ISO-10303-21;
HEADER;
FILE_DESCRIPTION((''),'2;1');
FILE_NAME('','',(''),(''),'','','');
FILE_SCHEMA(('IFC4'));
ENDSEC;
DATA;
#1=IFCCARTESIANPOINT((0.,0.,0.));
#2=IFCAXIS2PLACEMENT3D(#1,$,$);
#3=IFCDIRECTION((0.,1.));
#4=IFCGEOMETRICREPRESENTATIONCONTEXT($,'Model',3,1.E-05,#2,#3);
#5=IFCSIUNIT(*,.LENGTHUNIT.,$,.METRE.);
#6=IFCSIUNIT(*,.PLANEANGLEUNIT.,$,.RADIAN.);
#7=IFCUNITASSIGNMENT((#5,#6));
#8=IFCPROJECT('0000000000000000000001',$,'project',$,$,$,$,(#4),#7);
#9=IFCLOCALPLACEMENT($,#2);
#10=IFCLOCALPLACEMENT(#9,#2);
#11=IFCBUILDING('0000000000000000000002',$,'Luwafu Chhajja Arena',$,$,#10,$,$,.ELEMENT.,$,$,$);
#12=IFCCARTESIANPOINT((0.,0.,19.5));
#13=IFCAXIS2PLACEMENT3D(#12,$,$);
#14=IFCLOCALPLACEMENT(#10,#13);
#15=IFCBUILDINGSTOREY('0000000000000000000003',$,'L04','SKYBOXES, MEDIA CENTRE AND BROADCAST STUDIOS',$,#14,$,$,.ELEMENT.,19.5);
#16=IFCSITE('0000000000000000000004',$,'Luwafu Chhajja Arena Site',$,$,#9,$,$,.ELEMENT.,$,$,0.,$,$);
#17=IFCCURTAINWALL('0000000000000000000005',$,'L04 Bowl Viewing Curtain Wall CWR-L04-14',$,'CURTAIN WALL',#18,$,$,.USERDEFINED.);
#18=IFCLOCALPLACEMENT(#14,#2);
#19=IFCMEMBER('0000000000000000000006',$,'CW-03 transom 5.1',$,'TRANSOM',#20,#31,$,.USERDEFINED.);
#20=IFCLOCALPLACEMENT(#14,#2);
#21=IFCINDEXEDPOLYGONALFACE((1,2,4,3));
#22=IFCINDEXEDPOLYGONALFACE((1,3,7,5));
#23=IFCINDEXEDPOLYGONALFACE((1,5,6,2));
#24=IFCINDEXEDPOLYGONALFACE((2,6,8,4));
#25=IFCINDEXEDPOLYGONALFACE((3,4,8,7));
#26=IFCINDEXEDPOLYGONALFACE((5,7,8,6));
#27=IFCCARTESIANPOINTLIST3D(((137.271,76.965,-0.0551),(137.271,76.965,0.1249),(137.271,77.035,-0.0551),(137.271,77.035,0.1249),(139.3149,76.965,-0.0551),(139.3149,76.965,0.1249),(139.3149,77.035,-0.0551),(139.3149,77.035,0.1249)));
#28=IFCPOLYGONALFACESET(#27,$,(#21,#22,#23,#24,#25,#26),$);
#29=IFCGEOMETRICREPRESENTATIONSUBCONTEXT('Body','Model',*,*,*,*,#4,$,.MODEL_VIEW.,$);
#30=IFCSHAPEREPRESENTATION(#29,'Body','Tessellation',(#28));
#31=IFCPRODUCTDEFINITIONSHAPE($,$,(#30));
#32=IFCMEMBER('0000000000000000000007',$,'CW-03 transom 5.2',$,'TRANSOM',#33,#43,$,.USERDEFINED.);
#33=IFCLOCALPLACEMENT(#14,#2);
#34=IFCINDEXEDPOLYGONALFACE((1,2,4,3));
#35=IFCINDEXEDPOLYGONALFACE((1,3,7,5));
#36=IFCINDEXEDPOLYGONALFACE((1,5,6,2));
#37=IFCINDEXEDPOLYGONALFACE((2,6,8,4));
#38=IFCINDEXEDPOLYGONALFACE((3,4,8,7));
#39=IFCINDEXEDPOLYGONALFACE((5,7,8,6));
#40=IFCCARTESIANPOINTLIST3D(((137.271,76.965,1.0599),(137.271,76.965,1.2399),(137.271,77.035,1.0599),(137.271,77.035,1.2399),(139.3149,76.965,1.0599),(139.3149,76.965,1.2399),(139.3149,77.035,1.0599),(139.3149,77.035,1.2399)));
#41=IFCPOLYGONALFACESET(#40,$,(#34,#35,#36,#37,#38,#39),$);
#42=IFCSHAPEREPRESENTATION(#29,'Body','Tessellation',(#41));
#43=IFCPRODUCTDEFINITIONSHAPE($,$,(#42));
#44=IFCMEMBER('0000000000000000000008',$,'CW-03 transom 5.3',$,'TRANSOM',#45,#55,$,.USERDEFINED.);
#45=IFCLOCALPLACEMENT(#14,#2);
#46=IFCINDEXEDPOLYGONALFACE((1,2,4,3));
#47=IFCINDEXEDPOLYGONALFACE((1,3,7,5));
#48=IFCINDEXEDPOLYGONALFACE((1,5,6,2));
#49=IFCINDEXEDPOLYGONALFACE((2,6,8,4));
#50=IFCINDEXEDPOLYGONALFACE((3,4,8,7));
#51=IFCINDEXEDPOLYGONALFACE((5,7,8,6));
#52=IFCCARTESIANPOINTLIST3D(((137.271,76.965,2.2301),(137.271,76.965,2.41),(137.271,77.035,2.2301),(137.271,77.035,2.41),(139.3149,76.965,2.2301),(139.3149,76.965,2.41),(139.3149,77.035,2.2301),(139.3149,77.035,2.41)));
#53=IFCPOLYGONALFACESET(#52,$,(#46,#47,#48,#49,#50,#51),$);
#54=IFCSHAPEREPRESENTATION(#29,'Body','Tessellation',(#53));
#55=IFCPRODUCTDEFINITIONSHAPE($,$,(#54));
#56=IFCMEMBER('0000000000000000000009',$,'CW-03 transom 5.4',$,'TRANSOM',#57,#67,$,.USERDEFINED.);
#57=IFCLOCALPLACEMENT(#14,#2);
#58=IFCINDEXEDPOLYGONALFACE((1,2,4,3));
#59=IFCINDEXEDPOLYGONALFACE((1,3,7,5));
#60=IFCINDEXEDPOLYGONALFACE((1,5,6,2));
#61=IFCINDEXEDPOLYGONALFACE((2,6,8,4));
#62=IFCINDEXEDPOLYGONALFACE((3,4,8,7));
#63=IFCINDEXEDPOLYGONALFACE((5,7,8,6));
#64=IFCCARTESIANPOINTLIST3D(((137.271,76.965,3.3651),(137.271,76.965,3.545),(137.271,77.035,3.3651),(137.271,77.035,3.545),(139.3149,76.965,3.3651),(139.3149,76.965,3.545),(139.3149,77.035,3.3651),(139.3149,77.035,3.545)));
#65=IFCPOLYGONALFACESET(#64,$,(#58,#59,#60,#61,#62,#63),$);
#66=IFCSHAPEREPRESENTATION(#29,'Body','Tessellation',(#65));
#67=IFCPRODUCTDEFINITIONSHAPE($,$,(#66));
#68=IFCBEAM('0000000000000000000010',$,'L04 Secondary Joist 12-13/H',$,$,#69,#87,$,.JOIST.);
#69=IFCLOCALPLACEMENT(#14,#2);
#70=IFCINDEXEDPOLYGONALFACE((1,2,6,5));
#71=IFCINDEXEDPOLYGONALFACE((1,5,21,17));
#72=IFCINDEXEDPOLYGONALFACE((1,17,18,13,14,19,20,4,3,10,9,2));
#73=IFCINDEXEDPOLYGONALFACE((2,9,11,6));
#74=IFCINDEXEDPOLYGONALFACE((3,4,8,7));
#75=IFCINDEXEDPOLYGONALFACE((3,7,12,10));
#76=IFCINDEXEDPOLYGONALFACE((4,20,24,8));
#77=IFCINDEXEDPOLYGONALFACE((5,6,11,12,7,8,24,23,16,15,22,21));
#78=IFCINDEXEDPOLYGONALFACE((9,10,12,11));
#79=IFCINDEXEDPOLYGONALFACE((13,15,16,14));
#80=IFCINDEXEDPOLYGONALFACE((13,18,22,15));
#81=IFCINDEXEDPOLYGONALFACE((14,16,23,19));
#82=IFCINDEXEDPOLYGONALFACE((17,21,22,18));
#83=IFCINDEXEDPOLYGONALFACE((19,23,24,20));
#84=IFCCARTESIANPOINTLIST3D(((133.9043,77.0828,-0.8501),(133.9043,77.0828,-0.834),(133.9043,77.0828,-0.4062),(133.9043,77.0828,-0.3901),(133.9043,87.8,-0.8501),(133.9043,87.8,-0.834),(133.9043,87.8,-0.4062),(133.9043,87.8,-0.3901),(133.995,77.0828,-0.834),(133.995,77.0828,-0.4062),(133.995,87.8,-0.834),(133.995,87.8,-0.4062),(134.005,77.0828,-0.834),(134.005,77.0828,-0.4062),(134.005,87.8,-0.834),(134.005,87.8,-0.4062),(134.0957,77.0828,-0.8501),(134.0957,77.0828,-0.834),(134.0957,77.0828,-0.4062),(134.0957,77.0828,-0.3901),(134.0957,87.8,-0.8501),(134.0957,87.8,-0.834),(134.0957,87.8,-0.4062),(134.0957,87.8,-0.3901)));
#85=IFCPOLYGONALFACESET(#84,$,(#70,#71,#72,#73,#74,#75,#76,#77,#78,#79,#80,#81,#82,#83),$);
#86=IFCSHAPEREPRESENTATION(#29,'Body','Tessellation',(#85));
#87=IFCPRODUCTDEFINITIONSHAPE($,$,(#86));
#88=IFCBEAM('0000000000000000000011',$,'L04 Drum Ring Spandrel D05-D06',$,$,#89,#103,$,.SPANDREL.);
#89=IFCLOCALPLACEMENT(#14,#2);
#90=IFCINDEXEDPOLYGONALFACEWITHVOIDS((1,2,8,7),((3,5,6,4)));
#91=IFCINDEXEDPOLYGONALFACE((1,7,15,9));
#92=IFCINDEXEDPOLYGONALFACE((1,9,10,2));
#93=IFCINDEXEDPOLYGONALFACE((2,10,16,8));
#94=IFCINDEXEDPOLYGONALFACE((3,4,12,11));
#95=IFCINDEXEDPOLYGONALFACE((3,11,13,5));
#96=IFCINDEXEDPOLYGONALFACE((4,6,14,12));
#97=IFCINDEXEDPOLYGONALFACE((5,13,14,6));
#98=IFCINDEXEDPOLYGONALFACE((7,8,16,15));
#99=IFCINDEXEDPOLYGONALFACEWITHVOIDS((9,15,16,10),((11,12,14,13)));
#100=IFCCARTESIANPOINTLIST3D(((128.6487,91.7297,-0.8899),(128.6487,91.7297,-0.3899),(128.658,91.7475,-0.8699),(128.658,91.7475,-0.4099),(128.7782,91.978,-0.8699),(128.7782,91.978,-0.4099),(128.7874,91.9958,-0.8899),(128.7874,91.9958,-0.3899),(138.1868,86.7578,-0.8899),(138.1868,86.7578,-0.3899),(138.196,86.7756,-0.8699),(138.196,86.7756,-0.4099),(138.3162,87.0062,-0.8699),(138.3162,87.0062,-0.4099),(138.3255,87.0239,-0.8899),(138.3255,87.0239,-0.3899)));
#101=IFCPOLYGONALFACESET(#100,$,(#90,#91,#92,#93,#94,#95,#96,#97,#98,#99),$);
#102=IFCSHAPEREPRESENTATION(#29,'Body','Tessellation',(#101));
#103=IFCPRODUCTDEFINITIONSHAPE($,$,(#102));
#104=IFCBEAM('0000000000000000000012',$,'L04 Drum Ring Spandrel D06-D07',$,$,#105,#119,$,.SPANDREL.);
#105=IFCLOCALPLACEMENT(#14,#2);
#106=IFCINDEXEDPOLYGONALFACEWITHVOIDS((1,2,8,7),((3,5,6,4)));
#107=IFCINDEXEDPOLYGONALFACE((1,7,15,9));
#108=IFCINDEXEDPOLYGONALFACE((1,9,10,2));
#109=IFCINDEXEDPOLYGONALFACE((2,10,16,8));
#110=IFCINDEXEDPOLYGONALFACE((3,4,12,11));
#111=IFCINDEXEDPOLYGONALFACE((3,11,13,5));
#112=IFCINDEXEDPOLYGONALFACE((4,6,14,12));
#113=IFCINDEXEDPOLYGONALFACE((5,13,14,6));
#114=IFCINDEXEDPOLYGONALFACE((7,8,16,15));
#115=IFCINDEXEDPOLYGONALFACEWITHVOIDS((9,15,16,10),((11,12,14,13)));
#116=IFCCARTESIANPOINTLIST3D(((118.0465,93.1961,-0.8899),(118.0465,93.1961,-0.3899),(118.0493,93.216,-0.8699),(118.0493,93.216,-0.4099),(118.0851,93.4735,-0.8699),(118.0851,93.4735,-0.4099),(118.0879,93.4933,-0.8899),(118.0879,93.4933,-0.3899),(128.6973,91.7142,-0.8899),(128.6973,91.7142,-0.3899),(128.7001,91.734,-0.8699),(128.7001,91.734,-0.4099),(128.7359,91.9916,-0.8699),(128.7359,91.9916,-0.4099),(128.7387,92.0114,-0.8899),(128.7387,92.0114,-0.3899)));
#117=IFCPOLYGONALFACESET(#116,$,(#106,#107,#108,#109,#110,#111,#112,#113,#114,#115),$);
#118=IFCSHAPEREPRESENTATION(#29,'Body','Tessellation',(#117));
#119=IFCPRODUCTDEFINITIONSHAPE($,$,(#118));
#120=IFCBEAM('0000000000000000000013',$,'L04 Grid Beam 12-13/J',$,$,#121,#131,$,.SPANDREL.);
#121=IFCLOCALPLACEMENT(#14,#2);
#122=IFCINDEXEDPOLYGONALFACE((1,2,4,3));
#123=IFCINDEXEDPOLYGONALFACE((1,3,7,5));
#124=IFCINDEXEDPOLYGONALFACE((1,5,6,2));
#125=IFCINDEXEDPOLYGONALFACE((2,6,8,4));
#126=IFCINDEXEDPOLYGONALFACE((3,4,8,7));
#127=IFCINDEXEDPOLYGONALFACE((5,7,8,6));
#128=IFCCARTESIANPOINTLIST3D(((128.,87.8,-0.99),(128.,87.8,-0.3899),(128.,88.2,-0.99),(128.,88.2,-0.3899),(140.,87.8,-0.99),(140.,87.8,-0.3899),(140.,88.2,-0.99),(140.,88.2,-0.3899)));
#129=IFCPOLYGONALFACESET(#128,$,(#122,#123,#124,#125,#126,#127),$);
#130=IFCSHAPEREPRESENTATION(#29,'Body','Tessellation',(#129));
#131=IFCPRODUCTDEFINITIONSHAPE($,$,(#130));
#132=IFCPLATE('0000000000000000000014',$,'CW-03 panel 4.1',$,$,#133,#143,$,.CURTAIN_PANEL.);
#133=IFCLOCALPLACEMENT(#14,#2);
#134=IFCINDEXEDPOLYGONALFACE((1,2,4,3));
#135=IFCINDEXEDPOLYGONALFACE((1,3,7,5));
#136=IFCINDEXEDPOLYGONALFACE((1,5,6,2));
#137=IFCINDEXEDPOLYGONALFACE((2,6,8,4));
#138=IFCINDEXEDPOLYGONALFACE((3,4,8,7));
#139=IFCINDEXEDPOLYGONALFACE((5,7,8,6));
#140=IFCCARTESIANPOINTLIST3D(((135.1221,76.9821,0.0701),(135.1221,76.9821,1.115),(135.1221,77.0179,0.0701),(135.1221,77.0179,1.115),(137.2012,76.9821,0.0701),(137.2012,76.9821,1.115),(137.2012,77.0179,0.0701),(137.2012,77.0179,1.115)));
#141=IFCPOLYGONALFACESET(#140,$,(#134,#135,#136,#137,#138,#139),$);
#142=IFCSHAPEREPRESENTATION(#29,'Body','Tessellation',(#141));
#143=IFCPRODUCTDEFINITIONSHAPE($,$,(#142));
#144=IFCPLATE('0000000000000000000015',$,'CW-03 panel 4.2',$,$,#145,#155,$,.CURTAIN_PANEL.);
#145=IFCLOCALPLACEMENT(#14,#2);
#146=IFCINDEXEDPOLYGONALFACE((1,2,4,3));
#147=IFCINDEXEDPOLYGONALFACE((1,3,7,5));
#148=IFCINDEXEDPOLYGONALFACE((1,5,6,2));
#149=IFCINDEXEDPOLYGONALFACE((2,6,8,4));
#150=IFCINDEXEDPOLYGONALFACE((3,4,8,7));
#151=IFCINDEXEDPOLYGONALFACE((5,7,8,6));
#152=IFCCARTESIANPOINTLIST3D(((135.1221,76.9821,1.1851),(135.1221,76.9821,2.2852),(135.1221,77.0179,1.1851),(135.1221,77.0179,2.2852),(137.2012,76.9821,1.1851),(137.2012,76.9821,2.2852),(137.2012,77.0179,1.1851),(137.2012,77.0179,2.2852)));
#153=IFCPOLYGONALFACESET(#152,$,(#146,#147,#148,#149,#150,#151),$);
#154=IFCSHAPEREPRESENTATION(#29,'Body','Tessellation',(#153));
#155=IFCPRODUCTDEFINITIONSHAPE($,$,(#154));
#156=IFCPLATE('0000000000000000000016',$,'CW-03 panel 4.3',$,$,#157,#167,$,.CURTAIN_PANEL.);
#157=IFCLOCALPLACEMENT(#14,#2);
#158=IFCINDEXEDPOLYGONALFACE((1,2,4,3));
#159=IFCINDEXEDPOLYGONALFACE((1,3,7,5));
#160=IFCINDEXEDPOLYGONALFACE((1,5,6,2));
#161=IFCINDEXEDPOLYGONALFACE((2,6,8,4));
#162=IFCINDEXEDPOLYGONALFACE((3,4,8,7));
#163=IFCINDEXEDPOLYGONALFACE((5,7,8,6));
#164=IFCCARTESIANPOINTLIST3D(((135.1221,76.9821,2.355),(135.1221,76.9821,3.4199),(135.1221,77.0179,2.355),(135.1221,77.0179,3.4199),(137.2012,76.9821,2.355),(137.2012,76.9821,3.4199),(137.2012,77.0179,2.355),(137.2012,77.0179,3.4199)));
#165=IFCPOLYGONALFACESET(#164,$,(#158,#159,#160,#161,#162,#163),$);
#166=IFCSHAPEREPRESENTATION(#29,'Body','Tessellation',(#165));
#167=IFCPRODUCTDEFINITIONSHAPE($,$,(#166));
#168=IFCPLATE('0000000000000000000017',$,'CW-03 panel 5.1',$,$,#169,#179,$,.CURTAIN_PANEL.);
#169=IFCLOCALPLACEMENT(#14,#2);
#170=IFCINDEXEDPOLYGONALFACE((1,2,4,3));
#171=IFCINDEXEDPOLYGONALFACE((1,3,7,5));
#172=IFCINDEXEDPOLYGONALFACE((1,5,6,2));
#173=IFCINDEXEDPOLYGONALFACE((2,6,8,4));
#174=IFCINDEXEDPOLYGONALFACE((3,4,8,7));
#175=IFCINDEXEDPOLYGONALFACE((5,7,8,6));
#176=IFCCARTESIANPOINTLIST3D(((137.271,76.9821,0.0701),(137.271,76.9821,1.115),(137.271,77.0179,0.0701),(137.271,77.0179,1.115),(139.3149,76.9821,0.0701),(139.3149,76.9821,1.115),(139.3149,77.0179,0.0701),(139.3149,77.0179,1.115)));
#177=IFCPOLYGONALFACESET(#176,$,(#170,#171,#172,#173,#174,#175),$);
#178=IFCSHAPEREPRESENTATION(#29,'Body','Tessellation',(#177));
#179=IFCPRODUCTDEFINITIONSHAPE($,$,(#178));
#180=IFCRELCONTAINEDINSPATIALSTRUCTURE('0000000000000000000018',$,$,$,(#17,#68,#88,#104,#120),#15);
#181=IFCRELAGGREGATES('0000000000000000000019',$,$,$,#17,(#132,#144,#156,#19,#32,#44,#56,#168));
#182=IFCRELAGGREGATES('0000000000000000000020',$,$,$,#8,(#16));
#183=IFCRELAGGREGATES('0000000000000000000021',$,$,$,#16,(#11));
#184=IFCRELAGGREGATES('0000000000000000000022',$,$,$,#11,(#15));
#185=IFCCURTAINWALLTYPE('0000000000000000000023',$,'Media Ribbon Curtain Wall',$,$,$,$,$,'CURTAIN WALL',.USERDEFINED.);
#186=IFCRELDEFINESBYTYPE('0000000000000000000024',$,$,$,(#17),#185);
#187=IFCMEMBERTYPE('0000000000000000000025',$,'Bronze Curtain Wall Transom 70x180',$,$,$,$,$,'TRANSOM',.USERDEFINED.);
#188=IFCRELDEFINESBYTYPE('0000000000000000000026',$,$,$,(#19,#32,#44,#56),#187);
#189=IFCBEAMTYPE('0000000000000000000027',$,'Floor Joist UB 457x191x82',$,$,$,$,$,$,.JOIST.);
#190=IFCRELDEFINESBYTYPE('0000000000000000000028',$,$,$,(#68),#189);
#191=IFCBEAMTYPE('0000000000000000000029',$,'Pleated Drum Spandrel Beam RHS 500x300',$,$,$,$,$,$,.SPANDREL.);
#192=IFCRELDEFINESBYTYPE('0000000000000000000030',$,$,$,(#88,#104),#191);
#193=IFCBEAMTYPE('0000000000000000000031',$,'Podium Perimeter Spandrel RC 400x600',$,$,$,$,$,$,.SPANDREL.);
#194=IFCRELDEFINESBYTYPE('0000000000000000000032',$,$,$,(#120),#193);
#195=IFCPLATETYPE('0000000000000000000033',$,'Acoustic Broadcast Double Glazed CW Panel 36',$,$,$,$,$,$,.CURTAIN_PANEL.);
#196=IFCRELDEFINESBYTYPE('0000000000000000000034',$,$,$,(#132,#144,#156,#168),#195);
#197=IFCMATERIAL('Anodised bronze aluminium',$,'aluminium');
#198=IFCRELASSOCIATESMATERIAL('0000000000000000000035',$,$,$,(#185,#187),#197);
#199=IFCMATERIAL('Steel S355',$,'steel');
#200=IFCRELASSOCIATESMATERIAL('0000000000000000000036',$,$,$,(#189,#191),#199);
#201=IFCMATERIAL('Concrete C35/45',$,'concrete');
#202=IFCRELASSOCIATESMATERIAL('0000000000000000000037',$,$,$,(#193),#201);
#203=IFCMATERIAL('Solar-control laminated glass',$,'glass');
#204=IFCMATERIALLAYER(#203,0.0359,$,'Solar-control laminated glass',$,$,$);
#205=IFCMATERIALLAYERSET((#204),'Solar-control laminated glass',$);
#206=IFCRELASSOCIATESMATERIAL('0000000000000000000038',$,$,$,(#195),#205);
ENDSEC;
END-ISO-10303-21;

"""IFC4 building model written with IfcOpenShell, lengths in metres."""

from ifc_helpers import new_model, si_unit, direction, frame, origin, origin_2d, place, context, subcontext, project, spatial, rectangle, hollow_rectangle, i_section, extrude, material, layer, layer_set, material_profile, profile_set, type_object, element, aggregate, save


model = new_model("IFC4")

# Units and contexts
model_context = context("Model", 3, precision=1e-05, world=origin(), true_north=direction((0.0, 1.0)))
body_context = subcontext(model_context, "Body", "Model", "MODEL_VIEW")
ifc_project = project(units=[si_unit("LENGTHUNIT", "METRE"), si_unit("PLANEANGLEUNIT", "RADIAN")], contexts=[model_context])

# Site, building, storey
site_placement = place(None, origin())
site = spatial("IfcSite", under=ifc_project, at=site_placement, Name="Luwafu Chhajja Arena Site", CompositionType="ELEMENT", RefElevation=0.0)
building_placement = place(site_placement, origin())
building = spatial("IfcBuilding", under=site, at=building_placement, Name="Luwafu Chhajja Arena", CompositionType="ELEMENT")
storey_placement = place(building_placement, frame((0.0, 0.0, 19.5)))
storey = spatial("IfcBuildingStorey", under=building, at=storey_placement, Name="L04", Description="SKYBOXES, MEDIA CENTRE AND BROADCAST STUDIOS", CompositionType="ELEMENT", Elevation=19.5)

# Shared definitions
ifc_material_1 = material(Name="Steel S355", Category="steel")

# Curtain wall, members
ifc_material_2 = material(Name="Anodised bronze aluminium", Category="aluminium")
curtain_wall_type = type_object("IfcCurtainWallType", Name="Media Ribbon Curtain Wall", ElementType="CURTAIN WALL", PredefinedType="USERDEFINED", material=ifc_material_2)
curtain_wall_placement = place(storey_placement, origin())
curtain_wall = element("IfcCurtainWall", 1, at=curtain_wall_placement, inside=storey, type_object=curtain_wall_type, Name="L04 Bowl Viewing Curtain Wall CWR-L04-14", ObjectType="CURTAIN WALL", PredefinedType="USERDEFINED")
ifc_material_profile_1 = material_profile(ifc_material_2, rectangle(XDim=0.0701, YDim=0.1799, at=origin_2d()), Name="CWT 70x180")
ifc_profile_set_1 = profile_set([ifc_material_profile_1], Name="Anodised bronze aluminium")
member_type_1 = type_object("IfcMemberType", Name="Bronze Curtain Wall Transom 70x180", ElementType="TRANSOM", PredefinedType="USERDEFINED", material=ifc_profile_set_1)
member_1_placement = place(storey_placement, frame((137.271, 77.0, 0.0349), z_axis=(1.0, 0.0, 0.0), x_axis=(0.0, 1.0, 0.0)))
member_1 = element("IfcMember", 2, at=member_1_placement, type_object=member_type_1, Name="CW-03 transom 5.1", ObjectType="TRANSOM", PredefinedType="USERDEFINED", context=body_context, shape_type="SweptSolid", body=[
    extrude(rectangle(XDim=0.0701, YDim=0.1799, at=origin_2d()), origin(), (0.0, 0.0, 1.0), 2.0439),
])
member_2_placement = place(storey_placement, frame((137.271, 77.0, 1.1499), z_axis=(1.0, 0.0, 0.0), x_axis=(0.0, 1.0, 0.0)))
member_2 = element("IfcMember", 3, at=member_2_placement, type_object=member_type_1, Name="CW-03 transom 5.2", ObjectType="TRANSOM", PredefinedType="USERDEFINED", context=body_context, shape_type="SweptSolid", body=[
    extrude(rectangle(XDim=0.0701, YDim=0.1799, at=origin_2d()), origin(), (0.0, 0.0, 1.0), 2.0439),
])
member_3_placement = place(storey_placement, frame((137.271, 77.0, 2.3201), z_axis=(1.0, 0.0, 0.0), x_axis=(0.0, 1.0, 0.0)))
member_3 = element("IfcMember", 4, at=member_3_placement, type_object=member_type_1, Name="CW-03 transom 5.3", ObjectType="TRANSOM", PredefinedType="USERDEFINED", context=body_context, shape_type="SweptSolid", body=[
    extrude(rectangle(XDim=0.0701, YDim=0.1799, at=origin_2d()), origin(), (0.0, 0.0, 1.0), 2.0439),
])
member_4_placement = place(storey_placement, frame((137.271, 77.0, 3.4551), z_axis=(1.0, 0.0, 0.0), x_axis=(0.0, 1.0, 0.0)))
member_4 = element("IfcMember", 5, at=member_4_placement, type_object=member_type_1, Name="CW-03 transom 5.4", ObjectType="TRANSOM", PredefinedType="USERDEFINED", context=body_context, shape_type="SweptSolid", body=[
    extrude(rectangle(XDim=0.0701, YDim=0.1799, at=origin_2d()), origin(), (0.0, 0.0, 1.0), 2.0439),
])

# Beams
ifc_material_profile_2 = material_profile(ifc_material_1, i_section(OverallWidth=0.1914, OverallDepth=0.46, WebThickness=0.01, FlangeThickness=0.0161, at=origin_2d()), Name="UB 457x191x82")
ifc_profile_set_2 = profile_set([ifc_material_profile_2], Name="Steel S355")
beam_type_1 = type_object("IfcBeamType", Name="Floor Joist UB 457x191x82", PredefinedType="JOIST", material=ifc_profile_set_2)
beam_1_placement = place(storey_placement, frame((134.0, 77.0828, -0.6201), z_axis=(0.0, 1.0, 0.0), x_axis=(-1.0, 0.0, 0.0)))
element("IfcBeam", 6, at=beam_1_placement, inside=storey, type_object=beam_type_1, Name="L04 Secondary Joist 12-13/H", PredefinedType="JOIST", context=body_context, shape_type="SweptSolid", body=[
    extrude(i_section(OverallWidth=0.1914, OverallDepth=0.46, WebThickness=0.01, FlangeThickness=0.0161, at=origin_2d()), origin(), (0.0, 0.0, 1.0), 10.7173),
])
ifc_material_profile_3 = material_profile(ifc_material_1, hollow_rectangle(XDim=0.3, YDim=0.5, WallThickness=0.02, at=origin_2d()), Name="RHS 500x300x20")
ifc_profile_set_3 = profile_set([ifc_material_profile_3], Name="Steel S355")
beam_type_2 = type_object("IfcBeamType", Name="Pleated Drum Spandrel Beam RHS 500x300", PredefinedType="SPANDREL", material=ifc_profile_set_3)
beam_2_placement = place(storey_placement, frame((138.2561, 86.8909, -0.6399), z_axis=(-0.886755, 0.462239, 0.0), x_axis=(-0.462239, -0.886755, 0.0)))
element("IfcBeam", 7, at=beam_2_placement, inside=storey, type_object=beam_type_2, Name="L04 Drum Ring Spandrel D05-D06", PredefinedType="SPANDREL", context=body_context, shape_type="SweptSolid", body=[
    extrude(hollow_rectangle(XDim=0.3, YDim=0.5, WallThickness=0.02, at=origin_2d()), origin(), (0.0, 0.0, 1.0), 10.7561),
])
beam_3_placement = place(storey_placement, frame((128.718, 91.8628, -0.6399), z_axis=(-0.990459, 0.13781, 0.0), x_axis=(-0.13781, -0.990459, 0.0)))
element("IfcBeam", 8, at=beam_3_placement, inside=storey, type_object=beam_type_2, Name="L04 Drum Ring Spandrel D06-D07", PredefinedType="SPANDREL", context=body_context, shape_type="SweptSolid", body=[
    extrude(hollow_rectangle(XDim=0.3, YDim=0.5, WallThickness=0.02, at=origin_2d()), origin(), (0.0, 0.0, 1.0), 10.7534),
])
ifc_material_3 = material(Name="Concrete C35/45", Category="concrete")
ifc_material_profile_4 = material_profile(ifc_material_3, rectangle(XDim=0.3999, YDim=0.6001, at=origin_2d()), Name="RC 400x600")
ifc_profile_set_4 = profile_set([ifc_material_profile_4], Name="Concrete C35/45")
beam_type_3 = type_object("IfcBeamType", Name="Podium Perimeter Spandrel RC 400x600", PredefinedType="SPANDREL", material=ifc_profile_set_4)
beam_4_placement = place(storey_placement, frame((128.0, 88.0, -0.6899), z_axis=(1.0, 0.0, 0.0), x_axis=(0.0, 1.0, 0.0)))
element("IfcBeam", 9, at=beam_4_placement, inside=storey, type_object=beam_type_3, Name="L04 Grid Beam 12-13/J", PredefinedType="SPANDREL", context=body_context, shape_type="SweptSolid", body=[
    extrude(rectangle(XDim=0.3999, YDim=0.6001, at=origin_2d()), origin(), (0.0, 0.0, 1.0), 12.0),
])

# Plates
ifc_material_4 = material(Name="Solar-control laminated glass", Category="glass")
ifc_layer_1 = layer(ifc_material_4, 0.0359, Name="Solar-control laminated glass")
ifc_layer_set_1 = layer_set([ifc_layer_1], Name="Solar-control laminated glass")
plate_type = type_object("IfcPlateType", Name="Acoustic Broadcast Double Glazed CW Panel 36", PredefinedType="CURTAIN_PANEL", material=ifc_layer_set_1)
plate_1_placement = place(storey_placement, frame((136.1616, 77.0, 0.0701), z_axis=(0.0, 0.0, 1.0), x_axis=(1.0, 0.0, 0.0)))
plate_1 = element("IfcPlate", 10, at=plate_1_placement, type_object=plate_type, Name="CW-03 panel 4.1", PredefinedType="CURTAIN_PANEL", context=body_context, shape_type="SweptSolid", body=[
    extrude(rectangle(XDim=2.0791, YDim=0.0359, at=origin_2d()), origin(), (0.0, 0.0, 1.0), 1.0449),
])
plate_2_placement = place(storey_placement, frame((136.1616, 77.0, 1.1851), z_axis=(0.0, 0.0, 1.0), x_axis=(1.0, 0.0, 0.0)))
plate_2 = element("IfcPlate", 11, at=plate_2_placement, type_object=plate_type, Name="CW-03 panel 4.2", PredefinedType="CURTAIN_PANEL", context=body_context, shape_type="SweptSolid", body=[
    extrude(rectangle(XDim=2.0791, YDim=0.0359, at=origin_2d()), origin(), (0.0, 0.0, 1.0), 1.1001),
])
plate_3_placement = place(storey_placement, frame((136.1616, 77.0, 2.355), z_axis=(0.0, 0.0, 1.0), x_axis=(1.0, 0.0, 0.0)))
plate_3 = element("IfcPlate", 12, at=plate_3_placement, type_object=plate_type, Name="CW-03 panel 4.3", PredefinedType="CURTAIN_PANEL", context=body_context, shape_type="SweptSolid", body=[
    extrude(rectangle(XDim=2.0791, YDim=0.0359, at=origin_2d()), origin(), (0.0, 0.0, 1.0), 1.0649),
])
plate_4_placement = place(storey_placement, frame((138.293, 77.0, 0.0701), z_axis=(0.0, 0.0, 1.0), x_axis=(1.0, 0.0, 0.0)))
plate_4 = element("IfcPlate", 13, at=plate_4_placement, type_object=plate_type, Name="CW-03 panel 5.1", PredefinedType="CURTAIN_PANEL", context=body_context, shape_type="SweptSolid", body=[
    extrude(rectangle(XDim=2.0439, YDim=0.0359, at=origin_2d()), origin(), (0.0, 0.0, 1.0), 1.0449),
])
aggregate(curtain_wall, [plate_1, plate_2, plate_3, member_1, member_2, member_3, member_4, plate_4])

save(model, "model.ifc")
